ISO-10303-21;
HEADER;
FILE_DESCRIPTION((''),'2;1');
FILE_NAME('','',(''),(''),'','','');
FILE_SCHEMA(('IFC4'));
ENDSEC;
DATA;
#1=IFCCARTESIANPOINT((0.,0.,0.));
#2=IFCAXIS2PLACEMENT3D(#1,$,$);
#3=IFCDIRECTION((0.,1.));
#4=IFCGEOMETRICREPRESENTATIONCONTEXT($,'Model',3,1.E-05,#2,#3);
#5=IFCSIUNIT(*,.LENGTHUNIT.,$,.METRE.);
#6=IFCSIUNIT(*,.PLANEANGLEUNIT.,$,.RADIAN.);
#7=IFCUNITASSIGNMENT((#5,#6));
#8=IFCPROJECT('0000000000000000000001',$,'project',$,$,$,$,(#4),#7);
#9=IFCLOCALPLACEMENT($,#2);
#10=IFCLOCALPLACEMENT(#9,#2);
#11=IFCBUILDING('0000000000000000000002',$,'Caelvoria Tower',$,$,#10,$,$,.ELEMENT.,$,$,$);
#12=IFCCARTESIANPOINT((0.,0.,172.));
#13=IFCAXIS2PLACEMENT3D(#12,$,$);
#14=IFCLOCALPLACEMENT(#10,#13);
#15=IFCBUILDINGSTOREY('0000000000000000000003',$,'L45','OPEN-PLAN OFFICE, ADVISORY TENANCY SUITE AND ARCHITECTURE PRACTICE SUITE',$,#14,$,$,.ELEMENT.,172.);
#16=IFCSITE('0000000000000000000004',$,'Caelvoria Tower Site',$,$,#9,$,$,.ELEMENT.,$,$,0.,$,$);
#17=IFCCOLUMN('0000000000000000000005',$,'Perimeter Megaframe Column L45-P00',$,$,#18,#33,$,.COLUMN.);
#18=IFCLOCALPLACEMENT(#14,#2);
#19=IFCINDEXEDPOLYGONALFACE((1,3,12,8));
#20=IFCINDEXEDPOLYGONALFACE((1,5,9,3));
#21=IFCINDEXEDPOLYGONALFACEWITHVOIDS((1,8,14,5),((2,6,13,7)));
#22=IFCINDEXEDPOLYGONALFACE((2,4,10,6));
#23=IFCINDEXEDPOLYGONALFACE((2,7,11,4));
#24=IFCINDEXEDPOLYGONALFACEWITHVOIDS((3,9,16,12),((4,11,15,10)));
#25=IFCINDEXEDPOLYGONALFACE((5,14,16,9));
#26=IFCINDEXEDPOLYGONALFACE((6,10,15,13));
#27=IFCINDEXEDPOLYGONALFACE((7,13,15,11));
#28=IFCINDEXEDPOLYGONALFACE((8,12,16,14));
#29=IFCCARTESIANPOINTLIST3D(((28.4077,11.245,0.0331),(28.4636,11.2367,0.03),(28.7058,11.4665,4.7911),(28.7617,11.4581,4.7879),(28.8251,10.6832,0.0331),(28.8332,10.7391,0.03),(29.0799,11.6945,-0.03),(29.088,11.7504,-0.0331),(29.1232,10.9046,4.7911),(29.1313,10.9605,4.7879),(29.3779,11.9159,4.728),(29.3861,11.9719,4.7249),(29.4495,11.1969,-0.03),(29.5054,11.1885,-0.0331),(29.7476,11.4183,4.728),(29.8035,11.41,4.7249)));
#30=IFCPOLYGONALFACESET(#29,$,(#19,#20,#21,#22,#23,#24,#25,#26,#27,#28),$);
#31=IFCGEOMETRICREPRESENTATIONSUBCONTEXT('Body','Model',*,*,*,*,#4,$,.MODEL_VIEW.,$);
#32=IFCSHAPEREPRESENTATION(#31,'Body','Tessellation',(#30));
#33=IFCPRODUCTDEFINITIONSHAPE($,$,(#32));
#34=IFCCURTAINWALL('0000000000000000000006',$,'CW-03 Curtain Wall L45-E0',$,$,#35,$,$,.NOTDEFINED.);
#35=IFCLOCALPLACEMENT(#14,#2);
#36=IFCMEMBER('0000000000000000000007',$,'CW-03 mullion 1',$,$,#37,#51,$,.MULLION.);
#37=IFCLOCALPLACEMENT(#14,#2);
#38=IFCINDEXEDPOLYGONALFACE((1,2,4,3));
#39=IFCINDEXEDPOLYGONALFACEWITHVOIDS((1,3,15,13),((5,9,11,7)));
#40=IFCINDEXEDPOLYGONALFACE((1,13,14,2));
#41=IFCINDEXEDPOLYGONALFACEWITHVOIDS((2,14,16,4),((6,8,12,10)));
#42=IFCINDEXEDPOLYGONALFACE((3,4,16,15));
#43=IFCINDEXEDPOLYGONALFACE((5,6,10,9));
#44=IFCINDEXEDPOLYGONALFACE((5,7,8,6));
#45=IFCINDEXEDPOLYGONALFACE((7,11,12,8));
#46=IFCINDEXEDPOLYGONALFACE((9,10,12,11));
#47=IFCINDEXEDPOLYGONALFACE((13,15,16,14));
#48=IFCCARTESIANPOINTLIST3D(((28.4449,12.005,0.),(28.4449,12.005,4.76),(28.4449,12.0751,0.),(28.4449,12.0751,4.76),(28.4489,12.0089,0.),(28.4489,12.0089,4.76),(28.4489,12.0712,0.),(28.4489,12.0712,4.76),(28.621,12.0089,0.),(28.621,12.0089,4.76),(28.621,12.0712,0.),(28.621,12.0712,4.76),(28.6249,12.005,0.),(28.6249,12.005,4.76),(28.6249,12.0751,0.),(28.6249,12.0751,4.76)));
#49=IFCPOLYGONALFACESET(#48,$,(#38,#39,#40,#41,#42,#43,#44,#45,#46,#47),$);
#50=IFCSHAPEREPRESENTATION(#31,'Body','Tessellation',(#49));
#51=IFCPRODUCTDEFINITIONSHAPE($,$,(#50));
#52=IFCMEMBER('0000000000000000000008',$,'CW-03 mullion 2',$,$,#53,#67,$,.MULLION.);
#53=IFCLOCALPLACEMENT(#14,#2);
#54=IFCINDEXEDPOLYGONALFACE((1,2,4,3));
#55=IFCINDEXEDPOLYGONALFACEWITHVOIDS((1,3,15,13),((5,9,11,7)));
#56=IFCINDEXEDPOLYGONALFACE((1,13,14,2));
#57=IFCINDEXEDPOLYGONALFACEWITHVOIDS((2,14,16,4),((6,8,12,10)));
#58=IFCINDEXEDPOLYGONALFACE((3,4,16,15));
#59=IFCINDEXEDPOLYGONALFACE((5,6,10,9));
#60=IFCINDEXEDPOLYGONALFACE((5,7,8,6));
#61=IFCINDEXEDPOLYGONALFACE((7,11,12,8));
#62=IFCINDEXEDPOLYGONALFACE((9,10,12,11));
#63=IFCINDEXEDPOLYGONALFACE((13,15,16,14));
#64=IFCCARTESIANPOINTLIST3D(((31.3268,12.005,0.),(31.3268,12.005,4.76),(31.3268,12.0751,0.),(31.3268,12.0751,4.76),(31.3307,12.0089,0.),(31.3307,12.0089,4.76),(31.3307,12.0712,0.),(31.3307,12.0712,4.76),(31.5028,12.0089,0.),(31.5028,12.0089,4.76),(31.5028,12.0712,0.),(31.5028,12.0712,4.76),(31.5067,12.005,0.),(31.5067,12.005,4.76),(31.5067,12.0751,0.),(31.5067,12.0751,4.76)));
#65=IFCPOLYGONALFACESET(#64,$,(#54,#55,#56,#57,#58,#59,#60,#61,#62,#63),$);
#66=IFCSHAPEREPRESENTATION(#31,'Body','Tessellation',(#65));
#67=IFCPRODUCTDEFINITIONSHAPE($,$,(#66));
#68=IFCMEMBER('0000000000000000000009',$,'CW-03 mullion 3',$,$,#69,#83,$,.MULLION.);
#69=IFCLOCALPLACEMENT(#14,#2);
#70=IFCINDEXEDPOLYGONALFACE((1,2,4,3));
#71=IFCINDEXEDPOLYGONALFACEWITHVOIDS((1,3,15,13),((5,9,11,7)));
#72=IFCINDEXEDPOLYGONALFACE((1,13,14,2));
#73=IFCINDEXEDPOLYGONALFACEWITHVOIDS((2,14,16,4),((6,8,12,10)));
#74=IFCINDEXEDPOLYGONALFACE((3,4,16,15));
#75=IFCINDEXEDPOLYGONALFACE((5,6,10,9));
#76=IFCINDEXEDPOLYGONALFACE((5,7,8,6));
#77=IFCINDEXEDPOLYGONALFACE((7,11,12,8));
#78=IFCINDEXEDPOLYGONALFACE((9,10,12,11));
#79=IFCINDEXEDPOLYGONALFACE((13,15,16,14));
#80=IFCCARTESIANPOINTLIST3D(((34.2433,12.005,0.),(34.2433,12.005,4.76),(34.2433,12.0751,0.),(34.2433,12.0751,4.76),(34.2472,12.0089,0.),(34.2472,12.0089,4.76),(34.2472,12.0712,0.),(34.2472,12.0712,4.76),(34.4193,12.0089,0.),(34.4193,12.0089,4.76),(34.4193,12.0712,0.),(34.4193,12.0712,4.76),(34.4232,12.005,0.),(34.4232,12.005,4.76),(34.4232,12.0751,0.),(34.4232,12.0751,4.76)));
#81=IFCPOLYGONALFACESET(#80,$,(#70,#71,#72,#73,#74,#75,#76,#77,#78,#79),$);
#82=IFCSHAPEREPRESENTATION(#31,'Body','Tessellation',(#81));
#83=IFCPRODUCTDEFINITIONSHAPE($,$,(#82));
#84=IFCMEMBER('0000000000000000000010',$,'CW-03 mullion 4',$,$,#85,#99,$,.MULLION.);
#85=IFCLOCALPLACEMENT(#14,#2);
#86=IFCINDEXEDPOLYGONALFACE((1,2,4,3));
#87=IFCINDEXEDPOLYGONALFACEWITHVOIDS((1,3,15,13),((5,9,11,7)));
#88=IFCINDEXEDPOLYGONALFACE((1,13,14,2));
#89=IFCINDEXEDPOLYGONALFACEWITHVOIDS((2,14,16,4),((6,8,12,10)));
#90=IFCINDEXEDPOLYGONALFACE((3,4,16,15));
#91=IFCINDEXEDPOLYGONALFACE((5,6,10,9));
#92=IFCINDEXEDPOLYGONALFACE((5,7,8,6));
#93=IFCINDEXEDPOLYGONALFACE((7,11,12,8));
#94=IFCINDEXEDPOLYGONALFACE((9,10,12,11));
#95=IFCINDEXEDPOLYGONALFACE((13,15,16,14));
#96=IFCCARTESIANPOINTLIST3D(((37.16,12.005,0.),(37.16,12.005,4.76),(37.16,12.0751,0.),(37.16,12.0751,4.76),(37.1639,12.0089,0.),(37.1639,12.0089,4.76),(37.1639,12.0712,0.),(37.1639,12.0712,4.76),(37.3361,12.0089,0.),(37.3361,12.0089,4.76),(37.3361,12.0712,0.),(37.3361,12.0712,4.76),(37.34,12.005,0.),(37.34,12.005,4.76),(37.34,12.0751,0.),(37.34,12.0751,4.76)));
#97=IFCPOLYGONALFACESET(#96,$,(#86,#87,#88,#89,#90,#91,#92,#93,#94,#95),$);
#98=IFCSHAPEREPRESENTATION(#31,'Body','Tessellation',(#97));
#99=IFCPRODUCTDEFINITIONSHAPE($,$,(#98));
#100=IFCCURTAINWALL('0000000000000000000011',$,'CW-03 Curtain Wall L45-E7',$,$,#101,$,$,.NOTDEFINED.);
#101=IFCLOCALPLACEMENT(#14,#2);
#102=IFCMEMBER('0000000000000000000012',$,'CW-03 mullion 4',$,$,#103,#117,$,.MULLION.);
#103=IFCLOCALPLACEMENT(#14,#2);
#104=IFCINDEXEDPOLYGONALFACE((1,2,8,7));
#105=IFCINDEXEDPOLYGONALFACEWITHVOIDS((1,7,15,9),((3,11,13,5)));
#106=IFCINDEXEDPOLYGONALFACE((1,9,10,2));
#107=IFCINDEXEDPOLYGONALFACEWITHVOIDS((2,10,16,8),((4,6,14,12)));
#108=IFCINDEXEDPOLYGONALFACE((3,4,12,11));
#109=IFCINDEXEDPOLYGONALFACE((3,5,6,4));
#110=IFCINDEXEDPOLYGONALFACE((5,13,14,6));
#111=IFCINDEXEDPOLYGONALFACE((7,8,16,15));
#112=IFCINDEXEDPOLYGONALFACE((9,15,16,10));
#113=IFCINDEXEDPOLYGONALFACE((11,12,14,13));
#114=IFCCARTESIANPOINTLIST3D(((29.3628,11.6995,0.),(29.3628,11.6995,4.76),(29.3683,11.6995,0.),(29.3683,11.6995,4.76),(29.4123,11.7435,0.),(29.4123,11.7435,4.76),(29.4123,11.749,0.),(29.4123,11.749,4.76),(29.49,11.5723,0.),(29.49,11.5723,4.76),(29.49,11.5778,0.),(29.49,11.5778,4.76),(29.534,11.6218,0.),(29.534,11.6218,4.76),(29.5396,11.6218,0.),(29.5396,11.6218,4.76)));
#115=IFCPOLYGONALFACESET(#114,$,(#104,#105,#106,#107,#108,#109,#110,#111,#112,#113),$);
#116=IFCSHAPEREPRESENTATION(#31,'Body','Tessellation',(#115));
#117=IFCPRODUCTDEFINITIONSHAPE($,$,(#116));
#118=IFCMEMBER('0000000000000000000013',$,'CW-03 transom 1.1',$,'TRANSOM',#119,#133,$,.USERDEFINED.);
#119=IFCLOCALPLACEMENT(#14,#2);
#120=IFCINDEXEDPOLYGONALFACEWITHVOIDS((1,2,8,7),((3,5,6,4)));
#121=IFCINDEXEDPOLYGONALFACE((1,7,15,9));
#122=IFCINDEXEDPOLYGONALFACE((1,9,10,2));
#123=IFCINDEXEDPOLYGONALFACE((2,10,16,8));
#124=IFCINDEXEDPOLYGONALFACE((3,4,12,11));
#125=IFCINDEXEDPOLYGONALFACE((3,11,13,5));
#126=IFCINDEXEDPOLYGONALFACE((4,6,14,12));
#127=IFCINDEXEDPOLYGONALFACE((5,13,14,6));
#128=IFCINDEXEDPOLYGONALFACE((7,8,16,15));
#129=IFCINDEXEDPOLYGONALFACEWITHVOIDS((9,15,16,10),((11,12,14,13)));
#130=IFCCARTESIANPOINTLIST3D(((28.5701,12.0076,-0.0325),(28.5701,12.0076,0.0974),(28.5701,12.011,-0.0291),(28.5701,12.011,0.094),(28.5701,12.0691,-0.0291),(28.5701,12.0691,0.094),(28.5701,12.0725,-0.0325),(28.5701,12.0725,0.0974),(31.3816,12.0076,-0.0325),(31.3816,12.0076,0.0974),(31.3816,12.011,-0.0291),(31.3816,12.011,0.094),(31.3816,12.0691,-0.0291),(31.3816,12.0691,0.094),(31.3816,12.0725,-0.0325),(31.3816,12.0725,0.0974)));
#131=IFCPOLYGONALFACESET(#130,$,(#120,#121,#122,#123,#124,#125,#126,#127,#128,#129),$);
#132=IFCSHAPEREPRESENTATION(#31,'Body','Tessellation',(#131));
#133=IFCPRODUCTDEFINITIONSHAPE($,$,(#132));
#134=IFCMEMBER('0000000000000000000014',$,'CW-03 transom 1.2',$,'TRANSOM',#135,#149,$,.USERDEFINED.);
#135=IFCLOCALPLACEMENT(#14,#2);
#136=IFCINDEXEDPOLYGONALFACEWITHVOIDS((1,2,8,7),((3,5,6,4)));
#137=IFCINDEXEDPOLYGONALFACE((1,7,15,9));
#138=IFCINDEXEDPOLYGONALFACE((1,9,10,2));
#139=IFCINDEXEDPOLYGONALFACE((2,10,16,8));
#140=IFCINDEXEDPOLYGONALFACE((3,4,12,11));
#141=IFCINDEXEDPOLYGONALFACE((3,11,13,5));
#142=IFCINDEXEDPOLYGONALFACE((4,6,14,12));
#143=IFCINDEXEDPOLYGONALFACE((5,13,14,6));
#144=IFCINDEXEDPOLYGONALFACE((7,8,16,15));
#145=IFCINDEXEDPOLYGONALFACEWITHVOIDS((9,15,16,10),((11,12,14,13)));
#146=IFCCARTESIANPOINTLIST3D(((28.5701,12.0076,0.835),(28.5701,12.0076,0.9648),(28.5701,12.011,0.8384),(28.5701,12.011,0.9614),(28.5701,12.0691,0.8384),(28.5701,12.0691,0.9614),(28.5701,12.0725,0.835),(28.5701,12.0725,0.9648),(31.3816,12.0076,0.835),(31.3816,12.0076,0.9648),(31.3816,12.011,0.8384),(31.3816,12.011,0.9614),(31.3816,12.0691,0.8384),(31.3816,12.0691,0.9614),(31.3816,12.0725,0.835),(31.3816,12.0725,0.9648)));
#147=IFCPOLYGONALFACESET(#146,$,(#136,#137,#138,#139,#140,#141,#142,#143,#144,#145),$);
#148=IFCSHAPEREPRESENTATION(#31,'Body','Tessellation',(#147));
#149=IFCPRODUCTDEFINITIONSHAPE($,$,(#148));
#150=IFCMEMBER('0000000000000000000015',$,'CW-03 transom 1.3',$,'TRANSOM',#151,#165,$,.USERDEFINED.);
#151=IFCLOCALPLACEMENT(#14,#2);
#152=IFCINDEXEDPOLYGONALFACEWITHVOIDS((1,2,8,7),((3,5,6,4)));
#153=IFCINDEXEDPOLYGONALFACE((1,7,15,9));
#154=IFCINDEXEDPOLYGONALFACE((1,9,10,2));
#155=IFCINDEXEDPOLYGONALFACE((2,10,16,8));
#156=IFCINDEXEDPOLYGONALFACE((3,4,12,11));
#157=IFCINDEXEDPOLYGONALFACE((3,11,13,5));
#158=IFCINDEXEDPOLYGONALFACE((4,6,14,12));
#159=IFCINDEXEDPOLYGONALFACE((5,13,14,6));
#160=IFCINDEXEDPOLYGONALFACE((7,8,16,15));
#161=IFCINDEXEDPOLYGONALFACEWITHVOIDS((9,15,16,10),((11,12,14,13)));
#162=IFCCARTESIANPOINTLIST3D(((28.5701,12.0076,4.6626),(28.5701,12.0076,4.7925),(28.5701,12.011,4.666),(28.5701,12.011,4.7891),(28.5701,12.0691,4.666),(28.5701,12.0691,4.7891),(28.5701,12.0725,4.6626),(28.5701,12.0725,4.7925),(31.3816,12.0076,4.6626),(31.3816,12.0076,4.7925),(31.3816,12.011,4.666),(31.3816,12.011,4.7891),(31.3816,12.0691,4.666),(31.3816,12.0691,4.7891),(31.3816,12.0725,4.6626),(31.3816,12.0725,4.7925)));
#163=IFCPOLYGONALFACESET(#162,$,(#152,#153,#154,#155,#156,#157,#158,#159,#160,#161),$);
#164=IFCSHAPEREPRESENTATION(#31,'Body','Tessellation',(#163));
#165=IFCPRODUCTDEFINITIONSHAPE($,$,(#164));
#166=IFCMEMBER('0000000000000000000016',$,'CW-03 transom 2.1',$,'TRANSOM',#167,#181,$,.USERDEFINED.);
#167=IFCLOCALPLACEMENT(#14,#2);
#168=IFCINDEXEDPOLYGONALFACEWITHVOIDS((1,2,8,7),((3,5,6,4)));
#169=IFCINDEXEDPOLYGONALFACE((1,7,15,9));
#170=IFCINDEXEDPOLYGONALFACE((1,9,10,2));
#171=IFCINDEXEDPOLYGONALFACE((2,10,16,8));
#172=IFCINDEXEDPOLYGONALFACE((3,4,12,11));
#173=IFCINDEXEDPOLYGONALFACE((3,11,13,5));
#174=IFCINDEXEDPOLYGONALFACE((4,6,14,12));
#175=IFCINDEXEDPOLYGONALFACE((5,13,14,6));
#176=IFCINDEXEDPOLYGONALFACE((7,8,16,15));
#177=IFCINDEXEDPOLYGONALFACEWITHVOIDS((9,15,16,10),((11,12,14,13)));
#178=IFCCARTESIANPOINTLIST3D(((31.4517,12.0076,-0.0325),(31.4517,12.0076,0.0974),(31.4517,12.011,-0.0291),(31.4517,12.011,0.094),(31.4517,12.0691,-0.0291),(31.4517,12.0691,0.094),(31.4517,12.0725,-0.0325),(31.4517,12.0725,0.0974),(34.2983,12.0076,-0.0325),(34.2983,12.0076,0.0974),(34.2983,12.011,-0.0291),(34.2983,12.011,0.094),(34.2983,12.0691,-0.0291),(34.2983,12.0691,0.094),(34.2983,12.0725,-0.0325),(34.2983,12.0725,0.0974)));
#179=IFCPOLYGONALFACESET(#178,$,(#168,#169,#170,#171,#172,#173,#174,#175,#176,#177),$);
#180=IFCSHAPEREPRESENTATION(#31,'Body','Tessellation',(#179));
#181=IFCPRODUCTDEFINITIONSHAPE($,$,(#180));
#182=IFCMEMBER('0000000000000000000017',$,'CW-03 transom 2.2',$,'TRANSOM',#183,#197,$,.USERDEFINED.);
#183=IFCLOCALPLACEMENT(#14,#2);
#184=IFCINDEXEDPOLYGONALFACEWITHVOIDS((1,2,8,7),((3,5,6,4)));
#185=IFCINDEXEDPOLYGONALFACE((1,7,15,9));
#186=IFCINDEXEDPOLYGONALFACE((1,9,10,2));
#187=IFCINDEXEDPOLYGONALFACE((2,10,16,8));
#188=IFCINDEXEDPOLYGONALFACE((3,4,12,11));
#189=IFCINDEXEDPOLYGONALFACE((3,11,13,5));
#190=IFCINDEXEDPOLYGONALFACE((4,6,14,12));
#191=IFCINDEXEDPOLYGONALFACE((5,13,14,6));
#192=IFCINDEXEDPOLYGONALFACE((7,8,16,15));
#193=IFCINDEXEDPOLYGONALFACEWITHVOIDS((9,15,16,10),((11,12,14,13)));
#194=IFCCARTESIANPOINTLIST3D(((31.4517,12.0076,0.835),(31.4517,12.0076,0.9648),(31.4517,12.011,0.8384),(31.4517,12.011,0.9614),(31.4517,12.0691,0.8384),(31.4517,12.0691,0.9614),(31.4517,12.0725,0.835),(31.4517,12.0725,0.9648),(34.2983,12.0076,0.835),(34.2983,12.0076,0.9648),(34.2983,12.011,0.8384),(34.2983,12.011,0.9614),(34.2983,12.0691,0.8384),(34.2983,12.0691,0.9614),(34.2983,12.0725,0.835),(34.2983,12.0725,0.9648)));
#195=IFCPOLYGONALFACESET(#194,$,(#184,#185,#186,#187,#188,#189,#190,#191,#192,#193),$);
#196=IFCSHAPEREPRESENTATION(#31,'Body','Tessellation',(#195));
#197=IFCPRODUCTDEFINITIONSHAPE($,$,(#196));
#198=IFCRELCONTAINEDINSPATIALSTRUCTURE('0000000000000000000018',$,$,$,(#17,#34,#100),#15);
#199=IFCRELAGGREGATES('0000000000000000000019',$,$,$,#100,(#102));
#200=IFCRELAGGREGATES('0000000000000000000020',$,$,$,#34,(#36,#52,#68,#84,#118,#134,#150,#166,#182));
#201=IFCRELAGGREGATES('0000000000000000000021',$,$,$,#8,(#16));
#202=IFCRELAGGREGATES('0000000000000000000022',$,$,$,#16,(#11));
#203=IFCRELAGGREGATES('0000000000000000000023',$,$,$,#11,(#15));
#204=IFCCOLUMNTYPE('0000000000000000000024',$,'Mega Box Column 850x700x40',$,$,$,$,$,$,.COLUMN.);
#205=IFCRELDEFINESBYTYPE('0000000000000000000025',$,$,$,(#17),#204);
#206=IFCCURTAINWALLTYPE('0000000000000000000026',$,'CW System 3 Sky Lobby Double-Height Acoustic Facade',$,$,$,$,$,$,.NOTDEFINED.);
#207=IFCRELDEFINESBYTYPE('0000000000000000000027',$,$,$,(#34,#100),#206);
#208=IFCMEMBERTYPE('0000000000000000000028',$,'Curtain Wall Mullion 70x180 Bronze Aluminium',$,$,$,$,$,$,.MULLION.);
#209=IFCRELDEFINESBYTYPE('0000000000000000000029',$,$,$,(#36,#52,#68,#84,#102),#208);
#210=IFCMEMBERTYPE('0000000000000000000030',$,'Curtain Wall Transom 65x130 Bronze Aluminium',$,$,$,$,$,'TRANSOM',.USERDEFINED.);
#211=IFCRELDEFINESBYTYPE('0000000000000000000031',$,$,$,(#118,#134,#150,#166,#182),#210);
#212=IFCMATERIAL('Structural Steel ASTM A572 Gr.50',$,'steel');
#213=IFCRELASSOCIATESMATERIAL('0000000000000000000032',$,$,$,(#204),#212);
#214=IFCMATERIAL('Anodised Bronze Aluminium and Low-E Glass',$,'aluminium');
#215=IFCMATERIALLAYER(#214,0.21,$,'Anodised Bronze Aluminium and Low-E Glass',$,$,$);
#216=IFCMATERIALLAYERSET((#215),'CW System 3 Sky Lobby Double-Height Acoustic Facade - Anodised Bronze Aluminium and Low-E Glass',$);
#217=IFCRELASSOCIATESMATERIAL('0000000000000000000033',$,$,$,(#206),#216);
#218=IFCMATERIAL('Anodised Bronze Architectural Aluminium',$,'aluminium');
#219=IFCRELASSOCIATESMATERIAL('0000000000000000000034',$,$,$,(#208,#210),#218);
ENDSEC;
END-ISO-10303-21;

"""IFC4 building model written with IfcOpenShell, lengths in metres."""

from ifc_helpers import new_model, si_unit, direction, frame, origin, origin_2d, place, context, subcontext, project, spatial, hollow_rectangle, extrude, material, layer, layer_set, material_profile, profile_set, type_object, element, aggregate, save


model = new_model("IFC4")

# Units and contexts
model_context = context("Model", 3, precision=1e-05, world=origin(), true_north=direction((0.0, 1.0)))
body_context = subcontext(model_context, "Body", "Model", "MODEL_VIEW")
ifc_project = project(units=[si_unit("LENGTHUNIT", "METRE"), si_unit("PLANEANGLEUNIT", "RADIAN")], contexts=[model_context])

# Site, building, storey
site_placement = place(None, origin())
site = spatial("IfcSite", under=ifc_project, at=site_placement, Name="Caelvoria Tower Site", CompositionType="ELEMENT", RefElevation=0.0)
building_placement = place(site_placement, origin())
building = spatial("IfcBuilding", under=site, at=building_placement, Name="Caelvoria Tower", CompositionType="ELEMENT")
storey_placement = place(building_placement, frame((0.0, 0.0, 172.0)))
storey = spatial("IfcBuildingStorey", under=building, at=storey_placement, Name="L45", Description="OPEN-PLAN OFFICE, ADVISORY TENANCY SUITE AND ARCHITECTURE PRACTICE SUITE", CompositionType="ELEMENT", Elevation=172.0)

# Column
ifc_material_1 = material(Name="Structural Steel ASTM A572 Gr.50", Category="steel")
ifc_material_profile_1 = material_profile(ifc_material_1, hollow_rectangle(XDim=0.7, YDim=0.8501, WallThickness=0.04, at=origin_2d()), Name="Structural Steel ASTM A572 Gr.50")
ifc_profile_set_1 = profile_set([ifc_material_profile_1], Name="BOX850X700X40 - Structural Steel ASTM A572 Gr.50")
column_type = type_object("IfcColumnType", Name="Mega Box Column 850x700x40", PredefinedType="COLUMN", material=ifc_profile_set_1)
column_placement = place(storey_placement, frame((28.9565, 11.2168, 0.0), z_axis=(0.062461, 0.046398, 0.996968), x_axis=(-0.596312, 0.802753, 0.0)))
element("IfcColumn", 1, at=column_placement, inside=storey, type_object=column_type, Name="Perimeter Megaframe Column L45-P00", PredefinedType="COLUMN", context=body_context, shape_type="SweptSolid", body=[
    extrude(hollow_rectangle(XDim=0.7, YDim=0.8501, WallThickness=0.04, at=origin_2d()), origin(), (0.0, 0.0, 1.0), 4.7725),
])

# Curtain wall, members
ifc_material_2 = material(Name="Anodised Bronze Aluminium and Low-E Glass", Category="aluminium")
ifc_layer_1 = layer(ifc_material_2, 0.21, Name="Anodised Bronze Aluminium and Low-E Glass")
ifc_layer_set_1 = layer_set([ifc_layer_1], Name="CW System 3 Sky Lobby Double-Height Acoustic Facade - Anodised Bronze Aluminium and Low-E Glass")
curtain_wall_type = type_object("IfcCurtainWallType", Name="CW System 3 Sky Lobby Double-Height Acoustic Facade", PredefinedType="NOTDEFINED", material=ifc_layer_set_1)
curtain_wall_1_placement = place(storey_placement, origin())
curtain_wall_1 = element("IfcCurtainWall", 2, at=curtain_wall_1_placement, inside=storey, type_object=curtain_wall_type, Name="CW-03 Curtain Wall L45-E0", PredefinedType="NOTDEFINED")
ifc_material_3 = material(Name="Anodised Bronze Architectural Aluminium", Category="aluminium")
ifc_material_profile_2 = material_profile(ifc_material_3, hollow_rectangle(XDim=0.0701, YDim=0.1799, WallThickness=0.0039, at=origin_2d()), Name="Anodised Bronze Architectural Aluminium")
ifc_profile_set_2 = profile_set([ifc_material_profile_2], Name="CW_MULL_70X180 - Anodised Bronze Architectural Aluminium")
member_type_1 = type_object("IfcMemberType", Name="Curtain Wall Mullion 70x180 Bronze Aluminium", PredefinedType="MULLION", material=ifc_profile_set_2)
member_1_placement = place(storey_placement, frame((28.5349, 12.04, 0.0), z_axis=(0.0, 0.0, 1.0), x_axis=(0.0, 1.0, 0.0)))
member_1 = element("IfcMember", 3, at=member_1_placement, type_object=member_type_1, Name="CW-03 mullion 1", PredefinedType="MULLION", context=body_context, shape_type="SweptSolid", body=[
    extrude(hollow_rectangle(XDim=0.0701, YDim=0.1799, WallThickness=0.0039, at=origin_2d()), origin(), (0.0, 0.0, 1.0), 4.76),
])
member_2_placement = place(storey_placement, frame((31.4167, 12.04, 0.0), z_axis=(0.0, 0.0, 1.0), x_axis=(0.0, 1.0, 0.0)))
member_2 = element("IfcMember", 4, at=member_2_placement, type_object=member_type_1, Name="CW-03 mullion 2", PredefinedType="MULLION", context=body_context, shape_type="SweptSolid", body=[
    extrude(hollow_rectangle(XDim=0.0701, YDim=0.1799, WallThickness=0.0039, at=origin_2d()), origin(), (0.0, 0.0, 1.0), 4.76),
])
member_3_placement = place(storey_placement, frame((34.3333, 12.04, 0.0), z_axis=(0.0, 0.0, 1.0), x_axis=(0.0, 1.0, 0.0)))
member_3 = element("IfcMember", 5, at=member_3_placement, type_object=member_type_1, Name="CW-03 mullion 3", PredefinedType="MULLION", context=body_context, shape_type="SweptSolid", body=[
    extrude(hollow_rectangle(XDim=0.0701, YDim=0.1799, WallThickness=0.0039, at=origin_2d()), origin(), (0.0, 0.0, 1.0), 4.76),
])
member_4_placement = place(storey_placement, frame((37.25, 12.04, 0.0), z_axis=(0.0, 0.0, 1.0), x_axis=(0.0, 1.0, 0.0)))
member_4 = element("IfcMember", 6, at=member_4_placement, type_object=member_type_1, Name="CW-03 mullion 4", PredefinedType="MULLION", context=body_context, shape_type="SweptSolid", body=[
    extrude(hollow_rectangle(XDim=0.0701, YDim=0.1799, WallThickness=0.0039, at=origin_2d()), origin(), (0.0, 0.0, 1.0), 4.76),
])

# Curtain wall, member
curtain_wall_2_placement = place(storey_placement, origin())
curtain_wall_2 = element("IfcCurtainWall", 7, at=curtain_wall_2_placement, inside=storey, type_object=curtain_wall_type, Name="CW-03 Curtain Wall L45-E7", PredefinedType="NOTDEFINED")
member_5_placement = place(storey_placement, frame((29.4512, 11.6606, 0.0), z_axis=(0.0, 0.0, 1.0), x_axis=(0.707107, 0.707107, 0.0)))
member_5 = element("IfcMember", 8, at=member_5_placement, type_object=member_type_1, Name="CW-03 mullion 4", PredefinedType="MULLION", context=body_context, shape_type="SweptSolid", body=[
    extrude(hollow_rectangle(XDim=0.0701, YDim=0.1799, WallThickness=0.0039, at=origin_2d()), origin(), (0.0, 0.0, 1.0), 4.76),
])
aggregate(curtain_wall_2, [member_5])

# Members
ifc_material_profile_3 = material_profile(ifc_material_3, hollow_rectangle(XDim=0.0649, YDim=0.1299, WallThickness=0.0034, at=origin_2d()), Name="Anodised Bronze Architectural Aluminium")
ifc_profile_set_3 = profile_set([ifc_material_profile_3], Name="CW_TRAN_65X130 - Anodised Bronze Architectural Aluminium")
member_type_2 = type_object("IfcMemberType", Name="Curtain Wall Transom 65x130 Bronze Aluminium", ElementType="TRANSOM", PredefinedType="USERDEFINED", material=ifc_profile_set_3)
member_6_placement = place(storey_placement, frame((28.5701, 12.04, 0.0325), z_axis=(1.0, 0.0, 0.0), x_axis=(0.0, 1.0, 0.0)))
member_6 = element("IfcMember", 9, at=member_6_placement, type_object=member_type_2, Name="CW-03 transom 1.1", ObjectType="TRANSOM", PredefinedType="USERDEFINED", context=body_context, shape_type="SweptSolid", body=[
    extrude(hollow_rectangle(XDim=0.0649, YDim=0.1299, WallThickness=0.0034, at=origin_2d()), origin(), (0.0, 0.0, 1.0), 2.8115),
])
member_7_placement = place(storey_placement, frame((28.5701, 12.04, 0.8999), z_axis=(1.0, 0.0, 0.0), x_axis=(0.0, 1.0, 0.0)))
member_7 = element("IfcMember", 10, at=member_7_placement, type_object=member_type_2, Name="CW-03 transom 1.2", ObjectType="TRANSOM", PredefinedType="USERDEFINED", context=body_context, shape_type="SweptSolid", body=[
    extrude(hollow_rectangle(XDim=0.0649, YDim=0.1299, WallThickness=0.0034, at=origin_2d()), origin(), (0.0, 0.0, 1.0), 2.8115),
])
member_8_placement = place(storey_placement, frame((28.5701, 12.04, 4.7275), z_axis=(1.0, 0.0, 0.0), x_axis=(0.0, 1.0, 0.0)))
member_8 = element("IfcMember", 11, at=member_8_placement, type_object=member_type_2, Name="CW-03 transom 1.3", ObjectType="TRANSOM", PredefinedType="USERDEFINED", context=body_context, shape_type="SweptSolid", body=[
    extrude(hollow_rectangle(XDim=0.0649, YDim=0.1299, WallThickness=0.0034, at=origin_2d()), origin(), (0.0, 0.0, 1.0), 2.8115),
])
member_9_placement = place(storey_placement, frame((31.4517, 12.04, 0.0325), z_axis=(1.0, 0.0, 0.0), x_axis=(0.0, 1.0, 0.0)))
member_9 = element("IfcMember", 12, at=member_9_placement, type_object=member_type_2, Name="CW-03 transom 2.1", ObjectType="TRANSOM", PredefinedType="USERDEFINED", context=body_context, shape_type="SweptSolid", body=[
    extrude(hollow_rectangle(XDim=0.0649, YDim=0.1299, WallThickness=0.0034, at=origin_2d()), origin(), (0.0, 0.0, 1.0), 2.8467),
])
member_10_placement = place(storey_placement, frame((31.4517, 12.04, 0.8999), z_axis=(1.0, 0.0, 0.0), x_axis=(0.0, 1.0, 0.0)))
member_10 = element("IfcMember", 13, at=member_10_placement, type_object=member_type_2, Name="CW-03 transom 2.2", ObjectType="TRANSOM", PredefinedType="USERDEFINED", context=body_context, shape_type="SweptSolid", body=[
    extrude(hollow_rectangle(XDim=0.0649, YDim=0.1299, WallThickness=0.0034, at=origin_2d()), origin(), (0.0, 0.0, 1.0), 2.8467),
])

aggregate(curtain_wall_1, [member_1, member_2, member_3, member_4, member_6, member_7, member_8, member_9, member_10])

save(model, "model.ifc")
